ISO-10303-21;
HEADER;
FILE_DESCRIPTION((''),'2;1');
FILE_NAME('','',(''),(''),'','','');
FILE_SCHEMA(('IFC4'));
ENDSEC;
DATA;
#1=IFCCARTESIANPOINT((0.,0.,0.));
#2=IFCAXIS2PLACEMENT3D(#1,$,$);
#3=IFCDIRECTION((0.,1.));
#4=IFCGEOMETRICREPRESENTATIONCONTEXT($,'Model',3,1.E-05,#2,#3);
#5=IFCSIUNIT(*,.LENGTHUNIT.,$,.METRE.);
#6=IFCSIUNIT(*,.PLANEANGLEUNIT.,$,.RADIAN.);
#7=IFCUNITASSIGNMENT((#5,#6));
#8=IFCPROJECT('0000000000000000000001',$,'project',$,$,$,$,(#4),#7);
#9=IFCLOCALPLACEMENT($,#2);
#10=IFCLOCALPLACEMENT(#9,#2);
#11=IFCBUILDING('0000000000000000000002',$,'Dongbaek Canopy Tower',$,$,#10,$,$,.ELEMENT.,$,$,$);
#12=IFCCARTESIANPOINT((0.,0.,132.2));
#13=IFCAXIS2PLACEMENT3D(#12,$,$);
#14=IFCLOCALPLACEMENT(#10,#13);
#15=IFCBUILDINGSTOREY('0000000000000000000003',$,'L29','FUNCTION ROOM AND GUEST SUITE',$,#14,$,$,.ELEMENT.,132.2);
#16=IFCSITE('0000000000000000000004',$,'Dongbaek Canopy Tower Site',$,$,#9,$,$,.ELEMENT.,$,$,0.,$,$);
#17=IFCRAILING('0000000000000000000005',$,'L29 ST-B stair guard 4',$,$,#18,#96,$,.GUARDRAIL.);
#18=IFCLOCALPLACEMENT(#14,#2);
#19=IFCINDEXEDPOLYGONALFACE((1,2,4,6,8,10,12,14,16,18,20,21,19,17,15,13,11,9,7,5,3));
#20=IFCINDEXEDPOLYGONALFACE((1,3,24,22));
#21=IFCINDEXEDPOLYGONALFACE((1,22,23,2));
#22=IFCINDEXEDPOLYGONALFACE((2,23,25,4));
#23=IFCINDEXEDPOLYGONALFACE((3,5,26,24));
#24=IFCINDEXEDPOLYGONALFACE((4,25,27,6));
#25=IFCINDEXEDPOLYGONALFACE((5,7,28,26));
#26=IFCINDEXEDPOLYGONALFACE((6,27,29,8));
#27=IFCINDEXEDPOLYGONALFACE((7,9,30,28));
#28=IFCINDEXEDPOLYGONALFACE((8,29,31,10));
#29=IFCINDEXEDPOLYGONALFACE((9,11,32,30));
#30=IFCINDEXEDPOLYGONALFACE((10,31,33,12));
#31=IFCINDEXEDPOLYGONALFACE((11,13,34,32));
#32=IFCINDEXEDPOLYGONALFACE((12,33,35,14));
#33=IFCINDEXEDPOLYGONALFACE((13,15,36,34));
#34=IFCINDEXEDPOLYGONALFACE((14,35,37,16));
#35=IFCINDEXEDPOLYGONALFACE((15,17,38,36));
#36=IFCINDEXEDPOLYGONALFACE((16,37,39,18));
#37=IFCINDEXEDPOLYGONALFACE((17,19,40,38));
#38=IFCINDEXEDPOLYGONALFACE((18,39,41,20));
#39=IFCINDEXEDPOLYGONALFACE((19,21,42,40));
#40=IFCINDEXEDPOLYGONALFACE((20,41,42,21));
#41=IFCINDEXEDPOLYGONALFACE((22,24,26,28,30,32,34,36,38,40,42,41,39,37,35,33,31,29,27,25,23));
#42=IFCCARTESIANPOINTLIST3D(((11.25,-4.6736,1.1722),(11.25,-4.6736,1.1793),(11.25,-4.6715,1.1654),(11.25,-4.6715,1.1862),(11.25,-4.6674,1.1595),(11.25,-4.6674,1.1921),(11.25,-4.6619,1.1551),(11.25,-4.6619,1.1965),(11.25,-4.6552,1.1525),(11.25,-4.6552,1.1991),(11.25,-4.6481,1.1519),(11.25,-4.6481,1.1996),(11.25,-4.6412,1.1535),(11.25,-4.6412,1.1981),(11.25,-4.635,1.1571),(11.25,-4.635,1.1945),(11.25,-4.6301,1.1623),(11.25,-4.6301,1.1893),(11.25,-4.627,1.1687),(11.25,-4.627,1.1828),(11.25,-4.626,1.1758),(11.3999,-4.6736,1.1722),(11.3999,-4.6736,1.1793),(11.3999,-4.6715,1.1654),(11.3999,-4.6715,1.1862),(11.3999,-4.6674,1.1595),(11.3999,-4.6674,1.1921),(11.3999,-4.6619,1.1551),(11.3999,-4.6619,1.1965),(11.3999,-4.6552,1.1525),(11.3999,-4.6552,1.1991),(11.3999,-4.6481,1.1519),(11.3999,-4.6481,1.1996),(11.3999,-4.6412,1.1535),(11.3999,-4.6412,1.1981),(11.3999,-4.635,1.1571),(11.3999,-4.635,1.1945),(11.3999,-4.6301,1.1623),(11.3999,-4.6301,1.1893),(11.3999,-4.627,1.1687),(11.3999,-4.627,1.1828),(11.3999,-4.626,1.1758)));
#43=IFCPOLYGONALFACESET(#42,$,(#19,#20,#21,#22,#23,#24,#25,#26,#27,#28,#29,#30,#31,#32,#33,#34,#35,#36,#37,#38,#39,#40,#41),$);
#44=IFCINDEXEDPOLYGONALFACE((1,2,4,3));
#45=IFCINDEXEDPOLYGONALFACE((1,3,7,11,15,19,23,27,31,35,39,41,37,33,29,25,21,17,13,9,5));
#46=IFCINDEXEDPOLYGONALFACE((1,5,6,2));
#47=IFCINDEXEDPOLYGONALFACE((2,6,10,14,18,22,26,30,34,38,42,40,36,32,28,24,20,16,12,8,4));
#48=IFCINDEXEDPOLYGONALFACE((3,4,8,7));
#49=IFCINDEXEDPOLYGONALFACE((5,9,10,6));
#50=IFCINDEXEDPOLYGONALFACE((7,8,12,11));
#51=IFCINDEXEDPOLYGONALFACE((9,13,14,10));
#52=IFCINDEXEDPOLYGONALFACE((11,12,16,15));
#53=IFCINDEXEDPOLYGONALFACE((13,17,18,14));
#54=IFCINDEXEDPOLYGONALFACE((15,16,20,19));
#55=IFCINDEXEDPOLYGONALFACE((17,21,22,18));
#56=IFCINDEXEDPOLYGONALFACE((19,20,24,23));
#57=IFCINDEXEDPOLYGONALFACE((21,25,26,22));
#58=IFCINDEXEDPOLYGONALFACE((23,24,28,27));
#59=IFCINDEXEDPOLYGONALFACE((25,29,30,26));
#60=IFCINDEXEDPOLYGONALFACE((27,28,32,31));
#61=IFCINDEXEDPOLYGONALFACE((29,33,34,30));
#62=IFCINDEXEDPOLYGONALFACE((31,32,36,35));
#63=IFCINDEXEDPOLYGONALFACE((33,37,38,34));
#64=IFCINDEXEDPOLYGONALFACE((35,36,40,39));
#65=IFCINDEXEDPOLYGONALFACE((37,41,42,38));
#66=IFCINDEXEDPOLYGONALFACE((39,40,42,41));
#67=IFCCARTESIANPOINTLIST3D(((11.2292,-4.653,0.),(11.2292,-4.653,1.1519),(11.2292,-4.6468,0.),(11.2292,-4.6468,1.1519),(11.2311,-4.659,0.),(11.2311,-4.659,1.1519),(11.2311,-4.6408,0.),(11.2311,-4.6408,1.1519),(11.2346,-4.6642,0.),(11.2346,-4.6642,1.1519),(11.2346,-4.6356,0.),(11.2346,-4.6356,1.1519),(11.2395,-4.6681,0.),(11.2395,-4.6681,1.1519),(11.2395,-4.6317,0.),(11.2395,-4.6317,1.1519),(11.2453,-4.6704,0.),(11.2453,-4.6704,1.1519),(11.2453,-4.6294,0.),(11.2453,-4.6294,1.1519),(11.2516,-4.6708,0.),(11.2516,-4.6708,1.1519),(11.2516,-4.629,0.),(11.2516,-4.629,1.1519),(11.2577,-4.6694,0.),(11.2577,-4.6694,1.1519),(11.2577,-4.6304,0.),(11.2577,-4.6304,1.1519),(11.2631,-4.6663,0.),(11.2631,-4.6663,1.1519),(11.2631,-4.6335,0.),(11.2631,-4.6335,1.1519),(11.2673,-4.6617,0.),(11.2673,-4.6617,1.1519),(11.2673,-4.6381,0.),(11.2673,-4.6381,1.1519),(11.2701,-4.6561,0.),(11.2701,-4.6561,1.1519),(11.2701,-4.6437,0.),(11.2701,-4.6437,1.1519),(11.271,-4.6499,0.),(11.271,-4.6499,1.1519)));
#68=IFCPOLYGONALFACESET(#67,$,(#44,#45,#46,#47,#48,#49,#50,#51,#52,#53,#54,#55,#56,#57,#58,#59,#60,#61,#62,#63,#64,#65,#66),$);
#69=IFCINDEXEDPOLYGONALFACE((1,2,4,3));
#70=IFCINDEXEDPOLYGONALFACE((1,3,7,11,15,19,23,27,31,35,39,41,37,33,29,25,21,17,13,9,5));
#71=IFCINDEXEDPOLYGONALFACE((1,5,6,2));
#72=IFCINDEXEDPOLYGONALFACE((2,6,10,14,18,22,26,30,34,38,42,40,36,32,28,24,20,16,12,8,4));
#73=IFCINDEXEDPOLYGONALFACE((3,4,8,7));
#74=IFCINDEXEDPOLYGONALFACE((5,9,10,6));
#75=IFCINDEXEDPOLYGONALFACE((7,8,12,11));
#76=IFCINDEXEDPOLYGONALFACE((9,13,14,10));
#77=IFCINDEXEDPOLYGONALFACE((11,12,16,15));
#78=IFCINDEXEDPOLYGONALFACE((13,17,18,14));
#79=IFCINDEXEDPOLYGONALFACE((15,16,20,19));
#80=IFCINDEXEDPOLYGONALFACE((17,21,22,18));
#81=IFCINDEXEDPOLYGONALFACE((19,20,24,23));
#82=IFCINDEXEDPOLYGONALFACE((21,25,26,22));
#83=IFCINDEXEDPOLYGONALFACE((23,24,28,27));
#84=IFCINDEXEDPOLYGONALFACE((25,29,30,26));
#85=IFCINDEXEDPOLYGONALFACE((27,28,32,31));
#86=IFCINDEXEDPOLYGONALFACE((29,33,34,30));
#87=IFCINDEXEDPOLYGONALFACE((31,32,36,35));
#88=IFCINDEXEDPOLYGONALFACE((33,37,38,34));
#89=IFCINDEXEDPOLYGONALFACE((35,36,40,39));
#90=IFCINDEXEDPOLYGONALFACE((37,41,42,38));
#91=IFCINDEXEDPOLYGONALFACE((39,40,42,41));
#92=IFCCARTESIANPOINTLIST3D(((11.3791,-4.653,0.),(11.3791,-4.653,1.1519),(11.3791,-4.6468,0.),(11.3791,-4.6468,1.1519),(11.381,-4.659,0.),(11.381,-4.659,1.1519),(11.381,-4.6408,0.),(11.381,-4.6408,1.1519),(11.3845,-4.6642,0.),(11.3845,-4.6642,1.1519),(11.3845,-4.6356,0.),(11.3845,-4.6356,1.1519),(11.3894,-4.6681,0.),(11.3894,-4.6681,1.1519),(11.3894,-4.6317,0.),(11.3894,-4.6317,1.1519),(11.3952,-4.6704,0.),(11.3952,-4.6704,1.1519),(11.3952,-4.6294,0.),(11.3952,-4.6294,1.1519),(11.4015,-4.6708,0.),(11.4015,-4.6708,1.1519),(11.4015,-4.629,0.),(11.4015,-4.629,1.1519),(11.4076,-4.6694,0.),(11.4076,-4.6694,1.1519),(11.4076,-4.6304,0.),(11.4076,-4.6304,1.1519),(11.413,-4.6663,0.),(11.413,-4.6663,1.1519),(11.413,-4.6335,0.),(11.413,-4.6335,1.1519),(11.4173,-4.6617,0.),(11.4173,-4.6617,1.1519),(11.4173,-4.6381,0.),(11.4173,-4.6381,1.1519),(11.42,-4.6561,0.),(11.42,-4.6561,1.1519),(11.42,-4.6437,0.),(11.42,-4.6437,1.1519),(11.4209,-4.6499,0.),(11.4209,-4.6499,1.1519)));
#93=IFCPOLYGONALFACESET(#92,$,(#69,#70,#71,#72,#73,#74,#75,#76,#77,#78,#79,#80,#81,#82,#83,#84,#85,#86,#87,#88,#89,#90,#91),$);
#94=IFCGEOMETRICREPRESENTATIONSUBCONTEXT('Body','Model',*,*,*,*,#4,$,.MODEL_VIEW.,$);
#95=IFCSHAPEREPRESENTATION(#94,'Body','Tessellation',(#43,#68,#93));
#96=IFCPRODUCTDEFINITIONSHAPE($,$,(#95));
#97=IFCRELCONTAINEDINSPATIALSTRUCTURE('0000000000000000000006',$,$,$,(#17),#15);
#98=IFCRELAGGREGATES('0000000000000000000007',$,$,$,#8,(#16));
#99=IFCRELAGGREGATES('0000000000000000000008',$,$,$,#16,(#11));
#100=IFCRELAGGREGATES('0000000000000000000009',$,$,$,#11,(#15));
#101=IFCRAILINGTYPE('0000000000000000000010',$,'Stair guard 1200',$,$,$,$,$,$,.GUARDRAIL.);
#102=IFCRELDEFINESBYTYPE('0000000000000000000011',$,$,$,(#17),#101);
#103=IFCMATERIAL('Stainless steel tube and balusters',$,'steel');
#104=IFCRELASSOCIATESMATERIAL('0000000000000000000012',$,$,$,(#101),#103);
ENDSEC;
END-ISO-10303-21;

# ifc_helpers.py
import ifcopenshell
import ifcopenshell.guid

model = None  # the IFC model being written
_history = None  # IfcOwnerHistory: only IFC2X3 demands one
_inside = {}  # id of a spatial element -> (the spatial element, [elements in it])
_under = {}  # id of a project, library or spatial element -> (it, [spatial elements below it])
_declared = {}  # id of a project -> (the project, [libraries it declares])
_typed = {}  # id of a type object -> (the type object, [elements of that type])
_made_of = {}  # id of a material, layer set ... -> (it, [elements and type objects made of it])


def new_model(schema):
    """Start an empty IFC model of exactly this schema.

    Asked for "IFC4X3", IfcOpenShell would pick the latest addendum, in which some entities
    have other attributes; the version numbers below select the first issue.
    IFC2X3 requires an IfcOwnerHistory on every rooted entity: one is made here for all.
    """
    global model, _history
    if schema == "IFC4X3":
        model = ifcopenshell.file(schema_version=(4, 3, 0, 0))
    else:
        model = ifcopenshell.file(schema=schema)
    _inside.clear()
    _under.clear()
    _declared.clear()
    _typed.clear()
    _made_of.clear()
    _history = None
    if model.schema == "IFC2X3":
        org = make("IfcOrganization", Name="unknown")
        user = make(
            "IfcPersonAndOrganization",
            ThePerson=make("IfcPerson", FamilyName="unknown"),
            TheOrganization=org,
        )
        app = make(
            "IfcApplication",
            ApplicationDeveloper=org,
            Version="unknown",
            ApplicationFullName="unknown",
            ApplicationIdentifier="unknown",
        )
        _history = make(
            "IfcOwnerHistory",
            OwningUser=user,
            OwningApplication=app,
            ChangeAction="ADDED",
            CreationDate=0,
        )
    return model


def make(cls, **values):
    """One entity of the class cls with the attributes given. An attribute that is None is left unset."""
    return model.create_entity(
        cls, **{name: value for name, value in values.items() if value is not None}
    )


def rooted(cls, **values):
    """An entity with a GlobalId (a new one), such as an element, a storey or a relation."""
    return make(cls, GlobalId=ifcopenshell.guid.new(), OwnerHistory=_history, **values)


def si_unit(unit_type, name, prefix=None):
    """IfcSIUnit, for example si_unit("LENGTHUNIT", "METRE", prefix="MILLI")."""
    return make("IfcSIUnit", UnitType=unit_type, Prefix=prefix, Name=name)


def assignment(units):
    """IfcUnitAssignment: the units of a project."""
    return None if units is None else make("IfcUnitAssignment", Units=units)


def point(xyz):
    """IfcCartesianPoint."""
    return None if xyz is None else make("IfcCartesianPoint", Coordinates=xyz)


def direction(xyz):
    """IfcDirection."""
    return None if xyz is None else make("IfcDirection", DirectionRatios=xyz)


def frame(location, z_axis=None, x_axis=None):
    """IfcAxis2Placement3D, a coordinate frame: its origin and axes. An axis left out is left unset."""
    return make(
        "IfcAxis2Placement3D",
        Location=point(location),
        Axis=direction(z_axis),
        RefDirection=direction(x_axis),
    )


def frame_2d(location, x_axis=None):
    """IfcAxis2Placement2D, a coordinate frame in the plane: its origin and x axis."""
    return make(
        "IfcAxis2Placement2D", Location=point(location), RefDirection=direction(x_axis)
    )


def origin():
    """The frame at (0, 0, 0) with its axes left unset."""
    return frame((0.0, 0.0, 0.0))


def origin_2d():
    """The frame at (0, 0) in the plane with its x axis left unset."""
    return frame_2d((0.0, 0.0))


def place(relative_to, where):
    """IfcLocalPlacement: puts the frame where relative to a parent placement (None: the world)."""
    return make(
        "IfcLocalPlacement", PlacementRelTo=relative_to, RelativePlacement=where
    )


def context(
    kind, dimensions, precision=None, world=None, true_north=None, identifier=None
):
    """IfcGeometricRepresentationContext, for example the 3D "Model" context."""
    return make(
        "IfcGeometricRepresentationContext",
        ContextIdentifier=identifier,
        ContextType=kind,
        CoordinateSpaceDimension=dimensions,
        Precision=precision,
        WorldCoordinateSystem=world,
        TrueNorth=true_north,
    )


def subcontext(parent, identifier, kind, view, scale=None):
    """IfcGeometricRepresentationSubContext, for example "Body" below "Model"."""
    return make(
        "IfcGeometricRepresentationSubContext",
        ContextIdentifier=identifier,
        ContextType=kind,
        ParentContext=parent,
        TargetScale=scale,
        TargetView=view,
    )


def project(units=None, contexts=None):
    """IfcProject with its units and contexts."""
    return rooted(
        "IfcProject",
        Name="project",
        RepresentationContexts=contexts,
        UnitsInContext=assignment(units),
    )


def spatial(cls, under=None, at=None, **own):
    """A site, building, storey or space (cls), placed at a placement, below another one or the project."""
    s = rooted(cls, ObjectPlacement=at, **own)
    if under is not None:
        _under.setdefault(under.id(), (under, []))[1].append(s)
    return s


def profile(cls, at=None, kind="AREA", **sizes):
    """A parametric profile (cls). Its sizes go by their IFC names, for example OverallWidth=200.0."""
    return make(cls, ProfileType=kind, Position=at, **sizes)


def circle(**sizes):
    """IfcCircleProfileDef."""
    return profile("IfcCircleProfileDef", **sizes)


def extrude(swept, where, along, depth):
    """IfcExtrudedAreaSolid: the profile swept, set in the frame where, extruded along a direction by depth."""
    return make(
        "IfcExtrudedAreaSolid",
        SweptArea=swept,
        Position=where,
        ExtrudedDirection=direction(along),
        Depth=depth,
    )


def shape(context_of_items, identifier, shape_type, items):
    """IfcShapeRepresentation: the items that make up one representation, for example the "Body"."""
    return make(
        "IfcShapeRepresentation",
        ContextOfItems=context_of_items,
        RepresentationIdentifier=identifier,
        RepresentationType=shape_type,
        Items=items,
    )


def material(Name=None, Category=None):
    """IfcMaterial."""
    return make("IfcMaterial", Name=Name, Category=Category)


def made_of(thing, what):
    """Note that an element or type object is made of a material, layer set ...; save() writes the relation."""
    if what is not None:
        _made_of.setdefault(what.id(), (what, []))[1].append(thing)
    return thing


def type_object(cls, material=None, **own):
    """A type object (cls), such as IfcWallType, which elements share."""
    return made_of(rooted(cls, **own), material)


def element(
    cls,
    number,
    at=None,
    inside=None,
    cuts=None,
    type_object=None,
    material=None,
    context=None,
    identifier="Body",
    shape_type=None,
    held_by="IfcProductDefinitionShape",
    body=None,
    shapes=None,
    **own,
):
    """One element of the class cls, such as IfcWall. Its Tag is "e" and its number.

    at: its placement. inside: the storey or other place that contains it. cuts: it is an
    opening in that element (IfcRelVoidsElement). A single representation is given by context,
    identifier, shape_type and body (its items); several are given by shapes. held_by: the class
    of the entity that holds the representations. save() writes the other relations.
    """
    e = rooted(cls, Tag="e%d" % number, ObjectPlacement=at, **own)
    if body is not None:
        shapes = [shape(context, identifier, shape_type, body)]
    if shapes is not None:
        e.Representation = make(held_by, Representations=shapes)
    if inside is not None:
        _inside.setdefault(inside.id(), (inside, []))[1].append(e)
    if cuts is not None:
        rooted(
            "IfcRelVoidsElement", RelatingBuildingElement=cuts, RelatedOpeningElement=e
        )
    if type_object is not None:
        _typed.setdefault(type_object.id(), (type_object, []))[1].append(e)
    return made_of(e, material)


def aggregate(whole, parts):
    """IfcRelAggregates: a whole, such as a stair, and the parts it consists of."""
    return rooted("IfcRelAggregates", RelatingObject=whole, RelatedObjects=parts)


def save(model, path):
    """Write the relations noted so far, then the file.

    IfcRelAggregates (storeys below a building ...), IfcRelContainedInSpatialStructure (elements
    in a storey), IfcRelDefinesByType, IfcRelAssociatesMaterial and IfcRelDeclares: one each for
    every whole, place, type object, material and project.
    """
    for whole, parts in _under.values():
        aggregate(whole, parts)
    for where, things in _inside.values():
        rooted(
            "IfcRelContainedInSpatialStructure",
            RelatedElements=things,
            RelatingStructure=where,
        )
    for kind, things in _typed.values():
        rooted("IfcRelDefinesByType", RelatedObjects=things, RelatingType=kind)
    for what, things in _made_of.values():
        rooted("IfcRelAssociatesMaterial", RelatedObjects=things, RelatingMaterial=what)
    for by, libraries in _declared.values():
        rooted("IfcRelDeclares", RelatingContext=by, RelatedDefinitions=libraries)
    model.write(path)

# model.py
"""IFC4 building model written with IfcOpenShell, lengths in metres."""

from ifc_helpers import new_model, si_unit, direction, frame, origin, origin_2d, place, context, subcontext, project, spatial, circle, extrude, material, type_object, element, save


model = new_model("IFC4")

# Units and contexts
model_context = context("Model", 3, precision=1e-05, world=origin(), true_north=direction((0.0, 1.0)))
body_context = subcontext(model_context, "Body", "Model", "MODEL_VIEW")
ifc_project = project(units=[si_unit("LENGTHUNIT", "METRE"), si_unit("PLANEANGLEUNIT", "RADIAN")], contexts=[model_context])

# Site, building, storey
site_placement = place(None, origin())
site = spatial("IfcSite", under=ifc_project, at=site_placement, Name="Dongbaek Canopy Tower Site", CompositionType="ELEMENT", RefElevation=0.0)
building_placement = place(site_placement, origin())
building = spatial("IfcBuilding", under=site, at=building_placement, Name="Dongbaek Canopy Tower", CompositionType="ELEMENT")
storey_placement = place(building_placement, frame((0.0, 0.0, 132.2)))
storey = spatial("IfcBuildingStorey", under=building, at=storey_placement, Name="L29", Description="FUNCTION ROOM AND GUEST SUITE", CompositionType="ELEMENT", Elevation=132.2)

# Railing
ifc_material_1 = material(Name="Stainless steel tube and balusters", Category="steel")
railing_type_1 = type_object("IfcRailingType", Name="Stair guard 1200", PredefinedType="GUARDRAIL", material=ifc_material_1)
railing_1_placement = place(storey_placement, frame((11.25, -4.6499, 0.0)))
element("IfcRailing", 1, at=railing_1_placement, inside=storey, type_object=railing_type_1, Name="L29 ST-B stair guard 4", PredefinedType="GUARDRAIL", context=body_context, shape_type="SweptSolid", body=[
    extrude(circle(Radius=0.0239, at=origin_2d()), frame((0.0, 0.0, 1.1758), z_axis=(1.0, 0.0, 0.0), x_axis=(0.0, 1.0, 0.0)), (0.0, 0.0, 1.0), 0.1499),
    extrude(circle(Radius=0.021, at=origin_2d()), origin(), (0.0, 0.0, 1.0), 1.1519),
    extrude(circle(Radius=0.021, at=origin_2d()), frame((0.1499, 0.0, 0.0)), (0.0, 0.0, 1.0), 1.1519),
])

save(model, "model.ifc")
